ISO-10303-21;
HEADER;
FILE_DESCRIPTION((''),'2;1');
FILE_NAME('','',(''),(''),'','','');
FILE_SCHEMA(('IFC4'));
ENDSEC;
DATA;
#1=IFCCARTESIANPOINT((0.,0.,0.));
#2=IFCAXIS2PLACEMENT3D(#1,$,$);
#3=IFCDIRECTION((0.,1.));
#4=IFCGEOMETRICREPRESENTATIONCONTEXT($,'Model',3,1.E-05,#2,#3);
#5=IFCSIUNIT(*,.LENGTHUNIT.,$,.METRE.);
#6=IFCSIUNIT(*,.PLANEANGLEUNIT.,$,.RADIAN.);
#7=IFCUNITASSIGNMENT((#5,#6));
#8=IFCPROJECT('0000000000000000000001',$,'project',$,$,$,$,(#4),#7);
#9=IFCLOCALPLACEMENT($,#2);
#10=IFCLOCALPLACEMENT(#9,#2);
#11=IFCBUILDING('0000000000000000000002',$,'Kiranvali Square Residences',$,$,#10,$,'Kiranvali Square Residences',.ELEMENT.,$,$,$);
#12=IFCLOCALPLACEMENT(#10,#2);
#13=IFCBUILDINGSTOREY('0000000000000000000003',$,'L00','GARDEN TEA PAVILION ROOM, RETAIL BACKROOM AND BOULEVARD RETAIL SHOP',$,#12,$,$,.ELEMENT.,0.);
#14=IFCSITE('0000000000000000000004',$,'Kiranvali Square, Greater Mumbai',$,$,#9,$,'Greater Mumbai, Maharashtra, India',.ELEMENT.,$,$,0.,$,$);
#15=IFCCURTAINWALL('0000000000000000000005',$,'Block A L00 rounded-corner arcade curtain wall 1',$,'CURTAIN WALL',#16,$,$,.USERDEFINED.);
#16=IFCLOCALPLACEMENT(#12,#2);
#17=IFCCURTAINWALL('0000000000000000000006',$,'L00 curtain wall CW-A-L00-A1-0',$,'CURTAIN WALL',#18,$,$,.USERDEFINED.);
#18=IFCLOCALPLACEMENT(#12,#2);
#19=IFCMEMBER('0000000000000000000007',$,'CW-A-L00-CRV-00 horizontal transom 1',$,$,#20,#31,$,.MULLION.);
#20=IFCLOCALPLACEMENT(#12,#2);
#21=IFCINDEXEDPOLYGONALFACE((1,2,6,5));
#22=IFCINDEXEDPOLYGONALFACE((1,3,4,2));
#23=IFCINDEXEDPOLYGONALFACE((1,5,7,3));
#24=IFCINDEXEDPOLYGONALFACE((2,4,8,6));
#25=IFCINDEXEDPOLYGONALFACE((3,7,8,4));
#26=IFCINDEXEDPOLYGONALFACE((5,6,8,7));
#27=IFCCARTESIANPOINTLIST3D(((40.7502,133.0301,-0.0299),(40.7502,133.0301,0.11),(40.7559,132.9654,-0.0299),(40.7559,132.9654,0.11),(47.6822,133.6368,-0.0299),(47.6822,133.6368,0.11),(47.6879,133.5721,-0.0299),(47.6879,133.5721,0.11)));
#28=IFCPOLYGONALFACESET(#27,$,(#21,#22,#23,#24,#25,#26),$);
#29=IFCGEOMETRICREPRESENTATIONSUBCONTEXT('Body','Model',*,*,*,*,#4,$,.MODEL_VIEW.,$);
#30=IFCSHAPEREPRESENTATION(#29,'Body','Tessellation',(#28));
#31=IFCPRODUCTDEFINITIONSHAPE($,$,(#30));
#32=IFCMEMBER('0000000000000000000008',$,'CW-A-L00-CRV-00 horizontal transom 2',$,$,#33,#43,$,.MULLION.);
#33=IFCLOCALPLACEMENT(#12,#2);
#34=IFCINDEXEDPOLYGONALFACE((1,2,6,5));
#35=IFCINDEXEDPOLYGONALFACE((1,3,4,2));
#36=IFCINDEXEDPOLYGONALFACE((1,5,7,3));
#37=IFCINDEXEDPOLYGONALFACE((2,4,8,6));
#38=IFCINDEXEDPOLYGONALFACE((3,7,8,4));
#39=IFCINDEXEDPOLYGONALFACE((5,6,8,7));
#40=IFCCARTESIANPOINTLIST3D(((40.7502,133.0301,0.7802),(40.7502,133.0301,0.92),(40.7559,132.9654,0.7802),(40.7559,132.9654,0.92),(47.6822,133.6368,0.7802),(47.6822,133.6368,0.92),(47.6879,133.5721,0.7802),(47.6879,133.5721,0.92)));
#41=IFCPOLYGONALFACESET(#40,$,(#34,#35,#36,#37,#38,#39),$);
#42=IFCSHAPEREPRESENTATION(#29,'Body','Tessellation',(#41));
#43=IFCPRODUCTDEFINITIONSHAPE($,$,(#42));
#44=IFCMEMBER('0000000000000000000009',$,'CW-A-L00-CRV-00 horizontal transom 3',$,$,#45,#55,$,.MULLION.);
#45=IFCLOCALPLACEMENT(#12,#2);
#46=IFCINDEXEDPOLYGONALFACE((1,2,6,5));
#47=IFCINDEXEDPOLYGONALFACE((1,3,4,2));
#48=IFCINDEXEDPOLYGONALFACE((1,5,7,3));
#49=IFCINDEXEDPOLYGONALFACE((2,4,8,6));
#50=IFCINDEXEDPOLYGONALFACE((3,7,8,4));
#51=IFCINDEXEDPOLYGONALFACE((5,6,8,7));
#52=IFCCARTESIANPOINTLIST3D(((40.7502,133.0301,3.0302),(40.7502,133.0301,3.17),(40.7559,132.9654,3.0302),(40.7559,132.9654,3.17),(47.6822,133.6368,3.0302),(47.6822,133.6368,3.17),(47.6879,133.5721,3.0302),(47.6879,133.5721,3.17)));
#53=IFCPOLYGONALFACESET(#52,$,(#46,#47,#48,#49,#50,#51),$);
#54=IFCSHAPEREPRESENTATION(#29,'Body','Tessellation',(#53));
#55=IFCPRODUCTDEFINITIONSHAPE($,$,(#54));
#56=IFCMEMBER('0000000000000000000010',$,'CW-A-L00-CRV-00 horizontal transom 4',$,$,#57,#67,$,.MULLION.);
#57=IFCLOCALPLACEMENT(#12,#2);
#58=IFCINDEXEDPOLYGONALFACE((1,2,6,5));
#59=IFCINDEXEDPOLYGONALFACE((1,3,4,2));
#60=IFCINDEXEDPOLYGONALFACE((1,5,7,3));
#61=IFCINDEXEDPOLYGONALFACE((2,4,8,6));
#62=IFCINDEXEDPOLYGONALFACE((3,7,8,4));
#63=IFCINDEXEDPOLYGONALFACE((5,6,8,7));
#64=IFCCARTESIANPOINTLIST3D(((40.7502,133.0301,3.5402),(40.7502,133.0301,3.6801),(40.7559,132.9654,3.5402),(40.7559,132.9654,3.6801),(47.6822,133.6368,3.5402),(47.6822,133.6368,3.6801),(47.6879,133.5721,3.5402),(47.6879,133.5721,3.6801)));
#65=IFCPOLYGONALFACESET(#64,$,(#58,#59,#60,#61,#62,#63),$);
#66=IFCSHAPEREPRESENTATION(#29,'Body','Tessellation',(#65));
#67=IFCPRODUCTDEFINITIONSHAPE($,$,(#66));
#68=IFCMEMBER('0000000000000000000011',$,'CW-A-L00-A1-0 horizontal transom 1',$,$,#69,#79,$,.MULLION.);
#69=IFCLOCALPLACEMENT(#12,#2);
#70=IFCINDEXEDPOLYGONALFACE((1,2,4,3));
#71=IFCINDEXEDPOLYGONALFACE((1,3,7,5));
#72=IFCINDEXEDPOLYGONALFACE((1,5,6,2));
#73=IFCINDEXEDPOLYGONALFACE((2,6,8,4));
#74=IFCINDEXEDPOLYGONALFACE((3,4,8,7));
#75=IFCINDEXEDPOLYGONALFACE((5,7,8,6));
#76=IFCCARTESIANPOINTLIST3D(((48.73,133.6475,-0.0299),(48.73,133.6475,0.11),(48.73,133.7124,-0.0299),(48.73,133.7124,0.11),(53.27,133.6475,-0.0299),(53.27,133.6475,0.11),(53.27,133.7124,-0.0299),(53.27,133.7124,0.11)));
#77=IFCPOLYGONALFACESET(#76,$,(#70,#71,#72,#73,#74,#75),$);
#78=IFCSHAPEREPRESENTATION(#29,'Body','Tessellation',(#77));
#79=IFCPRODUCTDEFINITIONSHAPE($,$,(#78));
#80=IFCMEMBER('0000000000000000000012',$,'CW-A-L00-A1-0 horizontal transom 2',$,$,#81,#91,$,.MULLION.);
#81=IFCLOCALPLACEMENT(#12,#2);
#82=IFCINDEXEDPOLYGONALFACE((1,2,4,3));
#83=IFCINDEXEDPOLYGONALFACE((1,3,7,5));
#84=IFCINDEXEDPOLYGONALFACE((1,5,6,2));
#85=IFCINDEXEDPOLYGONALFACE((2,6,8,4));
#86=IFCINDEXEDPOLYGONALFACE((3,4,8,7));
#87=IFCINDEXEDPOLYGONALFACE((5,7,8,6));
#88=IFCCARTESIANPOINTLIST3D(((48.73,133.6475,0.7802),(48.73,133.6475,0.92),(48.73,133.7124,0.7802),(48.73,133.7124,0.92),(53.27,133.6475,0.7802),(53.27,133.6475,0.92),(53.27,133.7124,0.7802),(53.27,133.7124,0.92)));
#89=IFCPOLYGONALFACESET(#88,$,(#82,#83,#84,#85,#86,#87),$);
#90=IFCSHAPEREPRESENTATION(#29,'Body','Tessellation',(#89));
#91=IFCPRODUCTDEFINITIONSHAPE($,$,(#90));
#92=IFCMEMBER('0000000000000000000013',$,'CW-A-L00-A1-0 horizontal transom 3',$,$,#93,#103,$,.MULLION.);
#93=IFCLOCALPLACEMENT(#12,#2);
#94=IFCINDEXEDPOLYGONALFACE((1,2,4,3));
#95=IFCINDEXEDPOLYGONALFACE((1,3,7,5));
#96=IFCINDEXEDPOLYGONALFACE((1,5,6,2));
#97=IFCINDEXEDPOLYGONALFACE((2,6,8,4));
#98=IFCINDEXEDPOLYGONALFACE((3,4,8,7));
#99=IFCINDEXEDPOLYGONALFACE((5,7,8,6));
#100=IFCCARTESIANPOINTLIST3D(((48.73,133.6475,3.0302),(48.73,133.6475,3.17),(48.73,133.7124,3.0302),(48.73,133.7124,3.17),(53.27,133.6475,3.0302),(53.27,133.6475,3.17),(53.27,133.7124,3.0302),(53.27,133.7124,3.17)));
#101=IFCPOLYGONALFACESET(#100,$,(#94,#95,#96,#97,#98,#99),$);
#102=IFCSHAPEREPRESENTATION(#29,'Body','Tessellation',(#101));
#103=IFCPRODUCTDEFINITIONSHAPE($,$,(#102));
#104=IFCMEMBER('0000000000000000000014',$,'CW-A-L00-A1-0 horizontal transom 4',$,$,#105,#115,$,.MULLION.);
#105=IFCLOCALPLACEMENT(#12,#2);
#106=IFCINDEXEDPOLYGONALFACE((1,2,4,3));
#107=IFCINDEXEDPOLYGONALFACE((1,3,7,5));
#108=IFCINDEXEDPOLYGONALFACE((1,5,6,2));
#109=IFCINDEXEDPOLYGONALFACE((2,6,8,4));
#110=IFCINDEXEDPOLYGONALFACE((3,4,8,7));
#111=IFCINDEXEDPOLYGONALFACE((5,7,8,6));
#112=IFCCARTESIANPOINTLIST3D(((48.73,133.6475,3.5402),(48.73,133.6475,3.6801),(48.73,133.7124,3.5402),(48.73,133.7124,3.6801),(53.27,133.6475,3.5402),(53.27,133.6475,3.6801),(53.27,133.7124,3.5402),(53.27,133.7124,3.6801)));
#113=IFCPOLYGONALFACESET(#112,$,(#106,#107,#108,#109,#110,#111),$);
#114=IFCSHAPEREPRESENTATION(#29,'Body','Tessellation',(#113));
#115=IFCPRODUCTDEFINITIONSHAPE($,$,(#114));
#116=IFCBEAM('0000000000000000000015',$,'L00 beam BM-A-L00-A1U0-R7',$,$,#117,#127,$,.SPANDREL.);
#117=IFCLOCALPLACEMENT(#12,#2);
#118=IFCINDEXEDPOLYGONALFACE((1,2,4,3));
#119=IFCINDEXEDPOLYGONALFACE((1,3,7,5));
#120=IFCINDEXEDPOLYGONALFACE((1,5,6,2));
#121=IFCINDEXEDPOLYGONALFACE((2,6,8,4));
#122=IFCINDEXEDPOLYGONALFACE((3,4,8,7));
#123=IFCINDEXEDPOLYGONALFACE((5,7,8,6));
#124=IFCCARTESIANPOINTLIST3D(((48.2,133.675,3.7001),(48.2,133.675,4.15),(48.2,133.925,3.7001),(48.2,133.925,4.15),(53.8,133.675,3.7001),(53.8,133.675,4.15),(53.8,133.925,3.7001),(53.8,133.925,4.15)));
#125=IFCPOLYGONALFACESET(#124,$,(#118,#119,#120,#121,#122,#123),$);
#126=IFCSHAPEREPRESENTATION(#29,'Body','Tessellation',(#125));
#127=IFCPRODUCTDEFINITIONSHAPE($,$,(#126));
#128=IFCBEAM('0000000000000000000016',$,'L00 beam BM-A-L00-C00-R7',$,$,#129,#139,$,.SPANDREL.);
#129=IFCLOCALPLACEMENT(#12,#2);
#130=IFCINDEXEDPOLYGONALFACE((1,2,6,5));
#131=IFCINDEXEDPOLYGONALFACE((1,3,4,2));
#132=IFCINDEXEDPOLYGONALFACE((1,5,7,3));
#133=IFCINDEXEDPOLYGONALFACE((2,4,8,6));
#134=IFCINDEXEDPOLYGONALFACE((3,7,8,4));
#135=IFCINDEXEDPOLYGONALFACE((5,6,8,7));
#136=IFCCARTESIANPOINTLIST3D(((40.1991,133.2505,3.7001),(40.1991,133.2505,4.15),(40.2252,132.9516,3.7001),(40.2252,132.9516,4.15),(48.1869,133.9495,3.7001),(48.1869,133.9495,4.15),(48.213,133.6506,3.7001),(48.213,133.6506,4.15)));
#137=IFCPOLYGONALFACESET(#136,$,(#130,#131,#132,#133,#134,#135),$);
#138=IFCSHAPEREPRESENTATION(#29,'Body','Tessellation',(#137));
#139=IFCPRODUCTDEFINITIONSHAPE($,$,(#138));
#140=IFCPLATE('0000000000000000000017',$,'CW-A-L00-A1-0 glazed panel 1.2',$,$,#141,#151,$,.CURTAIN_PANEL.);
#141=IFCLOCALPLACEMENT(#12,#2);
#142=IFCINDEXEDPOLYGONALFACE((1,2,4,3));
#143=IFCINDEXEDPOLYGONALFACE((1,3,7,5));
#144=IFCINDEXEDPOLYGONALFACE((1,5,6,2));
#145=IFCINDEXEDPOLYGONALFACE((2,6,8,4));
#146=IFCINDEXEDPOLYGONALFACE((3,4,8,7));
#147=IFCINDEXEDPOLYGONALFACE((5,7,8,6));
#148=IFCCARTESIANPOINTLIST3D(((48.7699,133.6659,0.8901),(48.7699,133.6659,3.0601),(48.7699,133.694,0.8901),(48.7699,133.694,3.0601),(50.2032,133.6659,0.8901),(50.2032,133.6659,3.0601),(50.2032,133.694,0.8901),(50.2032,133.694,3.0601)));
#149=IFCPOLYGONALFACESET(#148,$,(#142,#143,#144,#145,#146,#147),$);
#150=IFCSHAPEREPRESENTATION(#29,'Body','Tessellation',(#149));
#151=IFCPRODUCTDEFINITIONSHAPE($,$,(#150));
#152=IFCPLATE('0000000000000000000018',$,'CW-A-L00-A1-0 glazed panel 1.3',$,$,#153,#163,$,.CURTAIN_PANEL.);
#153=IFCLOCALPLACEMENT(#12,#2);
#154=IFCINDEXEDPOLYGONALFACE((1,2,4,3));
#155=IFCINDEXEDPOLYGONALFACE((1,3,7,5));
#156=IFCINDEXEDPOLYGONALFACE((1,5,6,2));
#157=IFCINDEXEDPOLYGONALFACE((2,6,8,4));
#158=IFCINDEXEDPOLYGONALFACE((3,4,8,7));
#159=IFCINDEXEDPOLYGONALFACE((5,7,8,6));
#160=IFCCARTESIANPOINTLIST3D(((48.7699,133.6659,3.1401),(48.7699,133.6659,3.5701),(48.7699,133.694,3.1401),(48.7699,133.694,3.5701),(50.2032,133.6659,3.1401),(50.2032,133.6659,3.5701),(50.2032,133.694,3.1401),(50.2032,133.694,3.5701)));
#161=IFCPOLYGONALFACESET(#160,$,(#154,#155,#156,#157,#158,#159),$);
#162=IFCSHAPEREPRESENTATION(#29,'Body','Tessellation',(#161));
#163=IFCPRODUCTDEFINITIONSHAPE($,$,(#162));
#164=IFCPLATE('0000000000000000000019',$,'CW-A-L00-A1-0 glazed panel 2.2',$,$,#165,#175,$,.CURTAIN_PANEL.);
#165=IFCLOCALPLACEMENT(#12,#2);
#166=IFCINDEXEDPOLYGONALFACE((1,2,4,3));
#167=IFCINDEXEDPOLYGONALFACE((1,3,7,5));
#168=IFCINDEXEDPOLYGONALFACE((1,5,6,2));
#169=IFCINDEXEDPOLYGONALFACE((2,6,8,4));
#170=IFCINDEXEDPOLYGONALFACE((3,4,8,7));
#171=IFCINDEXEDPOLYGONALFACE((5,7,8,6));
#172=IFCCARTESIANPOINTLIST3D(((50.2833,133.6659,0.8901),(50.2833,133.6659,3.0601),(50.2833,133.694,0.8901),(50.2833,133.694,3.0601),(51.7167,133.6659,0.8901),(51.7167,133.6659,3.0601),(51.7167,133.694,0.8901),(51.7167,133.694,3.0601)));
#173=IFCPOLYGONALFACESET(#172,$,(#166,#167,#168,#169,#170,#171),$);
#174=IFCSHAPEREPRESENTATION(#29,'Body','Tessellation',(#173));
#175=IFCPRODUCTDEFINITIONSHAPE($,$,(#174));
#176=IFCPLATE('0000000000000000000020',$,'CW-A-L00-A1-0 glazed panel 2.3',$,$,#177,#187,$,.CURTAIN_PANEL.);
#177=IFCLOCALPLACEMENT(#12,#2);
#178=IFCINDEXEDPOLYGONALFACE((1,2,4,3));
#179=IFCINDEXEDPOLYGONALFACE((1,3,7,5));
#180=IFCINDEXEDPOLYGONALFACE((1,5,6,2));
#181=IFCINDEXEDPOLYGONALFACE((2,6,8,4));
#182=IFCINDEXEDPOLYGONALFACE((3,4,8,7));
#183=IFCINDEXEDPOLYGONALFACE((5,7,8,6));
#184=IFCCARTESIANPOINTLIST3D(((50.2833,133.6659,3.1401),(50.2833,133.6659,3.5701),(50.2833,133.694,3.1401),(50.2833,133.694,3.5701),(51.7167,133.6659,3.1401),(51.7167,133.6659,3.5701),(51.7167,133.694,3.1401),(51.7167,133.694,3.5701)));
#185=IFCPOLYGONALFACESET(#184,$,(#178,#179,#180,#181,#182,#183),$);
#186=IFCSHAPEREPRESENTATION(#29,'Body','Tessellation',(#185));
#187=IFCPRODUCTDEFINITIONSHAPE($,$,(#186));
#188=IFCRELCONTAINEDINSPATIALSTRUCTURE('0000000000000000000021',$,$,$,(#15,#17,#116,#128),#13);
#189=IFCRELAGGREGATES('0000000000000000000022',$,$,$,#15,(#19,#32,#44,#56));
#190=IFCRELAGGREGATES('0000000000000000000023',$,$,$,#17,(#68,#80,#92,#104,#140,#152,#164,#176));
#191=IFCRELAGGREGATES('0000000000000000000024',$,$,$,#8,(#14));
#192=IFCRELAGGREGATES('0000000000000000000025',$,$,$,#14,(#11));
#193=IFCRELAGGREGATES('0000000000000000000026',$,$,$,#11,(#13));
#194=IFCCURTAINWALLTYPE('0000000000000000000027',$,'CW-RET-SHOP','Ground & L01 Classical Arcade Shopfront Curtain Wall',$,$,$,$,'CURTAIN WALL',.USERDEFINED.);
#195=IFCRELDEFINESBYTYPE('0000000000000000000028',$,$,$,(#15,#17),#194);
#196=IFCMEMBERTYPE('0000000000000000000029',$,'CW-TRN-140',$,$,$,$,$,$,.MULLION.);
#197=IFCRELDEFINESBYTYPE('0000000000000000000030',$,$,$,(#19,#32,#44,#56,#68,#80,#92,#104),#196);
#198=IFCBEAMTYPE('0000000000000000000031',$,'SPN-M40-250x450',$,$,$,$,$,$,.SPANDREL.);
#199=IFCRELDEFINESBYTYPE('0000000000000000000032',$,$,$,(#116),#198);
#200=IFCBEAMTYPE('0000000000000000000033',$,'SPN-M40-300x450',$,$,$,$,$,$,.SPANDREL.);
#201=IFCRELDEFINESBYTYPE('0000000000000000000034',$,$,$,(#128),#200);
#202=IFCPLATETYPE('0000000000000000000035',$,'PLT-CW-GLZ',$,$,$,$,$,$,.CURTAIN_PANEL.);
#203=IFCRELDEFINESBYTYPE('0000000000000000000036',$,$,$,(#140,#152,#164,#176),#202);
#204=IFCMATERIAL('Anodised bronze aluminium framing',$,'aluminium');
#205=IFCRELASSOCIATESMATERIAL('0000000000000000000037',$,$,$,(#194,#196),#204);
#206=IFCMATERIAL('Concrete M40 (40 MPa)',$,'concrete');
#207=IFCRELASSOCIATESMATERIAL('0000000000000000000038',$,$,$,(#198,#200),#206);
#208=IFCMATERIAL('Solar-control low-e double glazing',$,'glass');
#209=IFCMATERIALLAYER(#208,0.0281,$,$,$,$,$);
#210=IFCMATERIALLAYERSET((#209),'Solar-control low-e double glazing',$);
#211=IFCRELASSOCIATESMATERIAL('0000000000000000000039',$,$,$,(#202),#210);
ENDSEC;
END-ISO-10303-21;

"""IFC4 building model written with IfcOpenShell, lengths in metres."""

from ifc_helpers import new_model, si_unit, direction, frame, origin, origin_2d, place, context, subcontext, project, spatial, rectangle, extrude, material, layer, layer_set, material_profile, profile_set, type_object, element, aggregate, save


model = new_model("IFC4")

# Units and contexts
model_context = context("Model", 3, precision=1e-05, world=origin(), true_north=direction((0.0, 1.0)))
body_context = subcontext(model_context, "Body", "Model", "MODEL_VIEW")
ifc_project = project(units=[si_unit("LENGTHUNIT", "METRE"), si_unit("PLANEANGLEUNIT", "RADIAN")], contexts=[model_context])

# Site, building, storey
site_placement = place(None, origin())
site = spatial("IfcSite", under=ifc_project, at=site_placement, Name="Kiranvali Square, Greater Mumbai", LongName="Greater Mumbai, Maharashtra, India", CompositionType="ELEMENT", RefElevation=0.0)
building_placement = place(site_placement, origin())
building = spatial("IfcBuilding", under=site, at=building_placement, Name="Kiranvali Square Residences", LongName="Kiranvali Square Residences", CompositionType="ELEMENT")
storey_placement = place(building_placement, origin())
storey = spatial("IfcBuildingStorey", under=building, at=storey_placement, Name="L00", Description="GARDEN TEA PAVILION ROOM, RETAIL BACKROOM AND BOULEVARD RETAIL SHOP", CompositionType="ELEMENT", Elevation=0.0)

# Curtain wall
ifc_material_1 = material(Name="Anodised bronze aluminium framing", Category="aluminium")
curtain_wall_type = type_object("IfcCurtainWallType", Name="CW-RET-SHOP", Description="Ground & L01 Classical Arcade Shopfront Curtain Wall", ElementType="CURTAIN WALL", PredefinedType="USERDEFINED", material=ifc_material_1)
curtain_wall_1_placement = place(storey_placement, origin())
curtain_wall_1 = element("IfcCurtainWall", 1, at=curtain_wall_1_placement, inside=storey, type_object=curtain_wall_type, Name="Block A L00 rounded-corner arcade curtain wall 1", ObjectType="CURTAIN WALL", PredefinedType="USERDEFINED")

# Curtain wall
curtain_wall_2_placement = place(storey_placement, origin())
curtain_wall_2 = element("IfcCurtainWall", 2, at=curtain_wall_2_placement, inside=storey, type_object=curtain_wall_type, Name="L00 curtain wall CW-A-L00-A1-0", ObjectType="CURTAIN WALL", PredefinedType="USERDEFINED")

# Members
ifc_material_profile_1 = material_profile(ifc_material_1, rectangle(XDim=0.0649, YDim=0.1399, at=origin_2d()), Name="ALU 65x140")
ifc_profile_set_1 = profile_set([ifc_material_profile_1], Name="Anodised bronze aluminium framing")
member_type_1 = type_object("IfcMemberType", Name="CW-TRN-140", PredefinedType="MULLION", material=ifc_profile_set_1)
member_1_placement = place(storey_placement, frame((47.6851, 133.6045, 0.04), z_axis=(-0.996192, -0.087188, 0.0), x_axis=(0.087188, -0.996192, 0.0)))
member_1 = element("IfcMember", 3, at=member_1_placement, type_object=member_type_1, Name="CW-A-L00-CRV-00 horizontal transom 1", PredefinedType="MULLION", context=body_context, shape_type="SweptSolid", body=[
    extrude(rectangle(XDim=0.0649, YDim=0.1399, at=origin_2d()), origin(), (0.0, 0.0, 1.0), 6.9585),
])
member_2_placement = place(storey_placement, frame((47.6851, 133.6045, 0.8501), z_axis=(-0.996192, -0.087188, 0.0), x_axis=(0.087188, -0.996192, 0.0)))
member_2 = element("IfcMember", 4, at=member_2_placement, type_object=member_type_1, Name="CW-A-L00-CRV-00 horizontal transom 2", PredefinedType="MULLION", context=body_context, shape_type="SweptSolid", body=[
    extrude(rectangle(XDim=0.0649, YDim=0.1399, at=origin_2d()), origin(), (0.0, 0.0, 1.0), 6.9585),
])
member_3_placement = place(storey_placement, frame((47.6851, 133.6045, 3.1001), z_axis=(-0.996192, -0.087188, 0.0), x_axis=(0.087188, -0.996192, 0.0)))
member_3 = element("IfcMember", 5, at=member_3_placement, type_object=member_type_1, Name="CW-A-L00-CRV-00 horizontal transom 3", PredefinedType="MULLION", context=body_context, shape_type="SweptSolid", body=[
    extrude(rectangle(XDim=0.0649, YDim=0.1399, at=origin_2d()), origin(), (0.0, 0.0, 1.0), 6.9585),
])
member_4_placement = place(storey_placement, frame((47.6851, 133.6045, 3.6101), z_axis=(-0.996192, -0.087188, 0.0), x_axis=(0.087188, -0.996192, 0.0)))
member_4 = element("IfcMember", 6, at=member_4_placement, type_object=member_type_1, Name="CW-A-L00-CRV-00 horizontal transom 4", PredefinedType="MULLION", context=body_context, shape_type="SweptSolid", body=[
    extrude(rectangle(XDim=0.0649, YDim=0.1399, at=origin_2d()), origin(), (0.0, 0.0, 1.0), 6.9585),
])
aggregate(curtain_wall_1, [member_1, member_2, member_3, member_4])
member_5_placement = place(storey_placement, frame((48.73, 133.6799, 0.04), z_axis=(1.0, 0.0, 0.0), x_axis=(0.0, 1.0, 0.0)))
member_5 = element("IfcMember", 7, at=member_5_placement, type_object=member_type_1, Name="CW-A-L00-A1-0 horizontal transom 1", PredefinedType="MULLION", context=body_context, shape_type="SweptSolid", body=[
    extrude(rectangle(XDim=0.0649, YDim=0.1399, at=origin_2d()), origin(), (0.0, 0.0, 1.0), 4.54),
])
member_6_placement = place(storey_placement, frame((48.73, 133.6799, 0.8501), z_axis=(1.0, 0.0, 0.0), x_axis=(0.0, 1.0, 0.0)))
member_6 = element("IfcMember", 8, at=member_6_placement, type_object=member_type_1, Name="CW-A-L00-A1-0 horizontal transom 2", PredefinedType="MULLION", context=body_context, shape_type="SweptSolid", body=[
    extrude(rectangle(XDim=0.0649, YDim=0.1399, at=origin_2d()), origin(), (0.0, 0.0, 1.0), 4.54),
])
member_7_placement = place(storey_placement, frame((48.73, 133.6799, 3.1001), z_axis=(1.0, 0.0, 0.0), x_axis=(0.0, 1.0, 0.0)))
member_7 = element("IfcMember", 9, at=member_7_placement, type_object=member_type_1, Name="CW-A-L00-A1-0 horizontal transom 3", PredefinedType="MULLION", context=body_context, shape_type="SweptSolid", body=[
    extrude(rectangle(XDim=0.0649, YDim=0.1399, at=origin_2d()), origin(), (0.0, 0.0, 1.0), 4.54),
])
member_8_placement = place(storey_placement, frame((48.73, 133.6799, 3.6101), z_axis=(1.0, 0.0, 0.0), x_axis=(0.0, 1.0, 0.0)))
member_8 = element("IfcMember", 10, at=member_8_placement, type_object=member_type_1, Name="CW-A-L00-A1-0 horizontal transom 4", PredefinedType="MULLION", context=body_context, shape_type="SweptSolid", body=[
    extrude(rectangle(XDim=0.0649, YDim=0.1399, at=origin_2d()), origin(), (0.0, 0.0, 1.0), 4.54),
])

# Beams
ifc_material_2 = material(Name="Concrete M40 (40 MPa)", Category="concrete")
ifc_material_profile_2 = material_profile(ifc_material_2, rectangle(XDim=0.25, YDim=0.45, at=origin_2d()), Name="RC 250x450")
ifc_profile_set_2 = profile_set([ifc_material_profile_2], Name="Concrete M40 (40 MPa)")
beam_type_1 = type_object("IfcBeamType", Name="SPN-M40-250x450", PredefinedType="SPANDREL", material=ifc_profile_set_2)
beam_1_placement = place(storey_placement, frame((48.2, 133.8, 3.925), z_axis=(1.0, 0.0, 0.0), x_axis=(0.0, 1.0, 0.0)))
element("IfcBeam", 11, at=beam_1_placement, inside=storey, type_object=beam_type_1, Name="L00 beam BM-A-L00-A1U0-R7", PredefinedType="SPANDREL", context=body_context, shape_type="SweptSolid", body=[
    extrude(rectangle(XDim=0.25, YDim=0.45, at=origin_2d()), origin(), (0.0, 0.0, 1.0), 5.6001),
])
ifc_material_profile_3 = material_profile(ifc_material_2, rectangle(XDim=0.3, YDim=0.45, at=origin_2d()), Name="RC 300x450")
ifc_profile_set_3 = profile_set([ifc_material_profile_3], Name="Concrete M40 (40 MPa)")
beam_type_2 = type_object("IfcBeamType", Name="SPN-M40-300x450", PredefinedType="SPANDREL", material=ifc_profile_set_3)
beam_2_placement = place(storey_placement, frame((48.2, 133.8, 3.925), z_axis=(-0.996193, -0.087172, 0.0), x_axis=(0.087172, -0.996193, 0.0)))
element("IfcBeam", 12, at=beam_2_placement, inside=storey, type_object=beam_type_2, Name="L00 beam BM-A-L00-C00-R7", PredefinedType="SPANDREL", context=body_context, shape_type="SweptSolid", body=[
    extrude(rectangle(XDim=0.3, YDim=0.45, at=origin_2d()), origin(), (0.0, 0.0, 1.0), 8.0183),
])

# Plates
ifc_material_3 = material(Name="Solar-control low-e double glazing", Category="glass")
ifc_layer_1 = layer(ifc_material_3, 0.0281)
ifc_layer_set_1 = layer_set([ifc_layer_1], Name="Solar-control low-e double glazing")
plate_type_1 = type_object("IfcPlateType", Name="PLT-CW-GLZ", PredefinedType="CURTAIN_PANEL", material=ifc_layer_set_1)
plate_1_placement = place(storey_placement, frame((49.4866, 133.6799, 0.8901), z_axis=(0.0, 0.0, 1.0), x_axis=(1.0, 0.0, 0.0)))
plate_1 = element("IfcPlate", 13, at=plate_1_placement, type_object=plate_type_1, Name="CW-A-L00-A1-0 glazed panel 1.2", PredefinedType="CURTAIN_PANEL", context=body_context, shape_type="SweptSolid", body=[
    extrude(rectangle(XDim=1.4333, YDim=0.0281, at=origin_2d()), origin(), (0.0, 0.0, 1.0), 2.1699),
])
plate_2_placement = place(storey_placement, frame((49.4866, 133.6799, 3.1401), z_axis=(0.0, 0.0, 1.0), x_axis=(1.0, 0.0, 0.0)))
plate_2 = element("IfcPlate", 14, at=plate_2_placement, type_object=plate_type_1, Name="CW-A-L00-A1-0 glazed panel 1.3", PredefinedType="CURTAIN_PANEL", context=body_context, shape_type="SweptSolid", body=[
    extrude(rectangle(XDim=1.4333, YDim=0.0281, at=origin_2d()), origin(), (0.0, 0.0, 1.0), 0.4299),
])
plate_3_placement = place(storey_placement, frame((51.0, 133.6799, 0.8901), z_axis=(0.0, 0.0, 1.0), x_axis=(1.0, 0.0, 0.0)))
plate_3 = element("IfcPlate", 15, at=plate_3_placement, type_object=plate_type_1, Name="CW-A-L00-A1-0 glazed panel 2.2", PredefinedType="CURTAIN_PANEL", context=body_context, shape_type="SweptSolid", body=[
    extrude(rectangle(XDim=1.4333, YDim=0.0281, at=origin_2d()), origin(), (0.0, 0.0, 1.0), 2.1699),
])
plate_4_placement = place(storey_placement, frame((51.0, 133.6799, 3.1401), z_axis=(0.0, 0.0, 1.0), x_axis=(1.0, 0.0, 0.0)))
plate_4 = element("IfcPlate", 16, at=plate_4_placement, type_object=plate_type_1, Name="CW-A-L00-A1-0 glazed panel 2.3", PredefinedType="CURTAIN_PANEL", context=body_context, shape_type="SweptSolid", body=[
    extrude(rectangle(XDim=1.4333, YDim=0.0281, at=origin_2d()), origin(), (0.0, 0.0, 1.0), 0.4299),
])
aggregate(curtain_wall_2, [member_5, member_6, member_7, member_8, plate_1, plate_2, plate_3, plate_4])

save(model, "model.ifc")
